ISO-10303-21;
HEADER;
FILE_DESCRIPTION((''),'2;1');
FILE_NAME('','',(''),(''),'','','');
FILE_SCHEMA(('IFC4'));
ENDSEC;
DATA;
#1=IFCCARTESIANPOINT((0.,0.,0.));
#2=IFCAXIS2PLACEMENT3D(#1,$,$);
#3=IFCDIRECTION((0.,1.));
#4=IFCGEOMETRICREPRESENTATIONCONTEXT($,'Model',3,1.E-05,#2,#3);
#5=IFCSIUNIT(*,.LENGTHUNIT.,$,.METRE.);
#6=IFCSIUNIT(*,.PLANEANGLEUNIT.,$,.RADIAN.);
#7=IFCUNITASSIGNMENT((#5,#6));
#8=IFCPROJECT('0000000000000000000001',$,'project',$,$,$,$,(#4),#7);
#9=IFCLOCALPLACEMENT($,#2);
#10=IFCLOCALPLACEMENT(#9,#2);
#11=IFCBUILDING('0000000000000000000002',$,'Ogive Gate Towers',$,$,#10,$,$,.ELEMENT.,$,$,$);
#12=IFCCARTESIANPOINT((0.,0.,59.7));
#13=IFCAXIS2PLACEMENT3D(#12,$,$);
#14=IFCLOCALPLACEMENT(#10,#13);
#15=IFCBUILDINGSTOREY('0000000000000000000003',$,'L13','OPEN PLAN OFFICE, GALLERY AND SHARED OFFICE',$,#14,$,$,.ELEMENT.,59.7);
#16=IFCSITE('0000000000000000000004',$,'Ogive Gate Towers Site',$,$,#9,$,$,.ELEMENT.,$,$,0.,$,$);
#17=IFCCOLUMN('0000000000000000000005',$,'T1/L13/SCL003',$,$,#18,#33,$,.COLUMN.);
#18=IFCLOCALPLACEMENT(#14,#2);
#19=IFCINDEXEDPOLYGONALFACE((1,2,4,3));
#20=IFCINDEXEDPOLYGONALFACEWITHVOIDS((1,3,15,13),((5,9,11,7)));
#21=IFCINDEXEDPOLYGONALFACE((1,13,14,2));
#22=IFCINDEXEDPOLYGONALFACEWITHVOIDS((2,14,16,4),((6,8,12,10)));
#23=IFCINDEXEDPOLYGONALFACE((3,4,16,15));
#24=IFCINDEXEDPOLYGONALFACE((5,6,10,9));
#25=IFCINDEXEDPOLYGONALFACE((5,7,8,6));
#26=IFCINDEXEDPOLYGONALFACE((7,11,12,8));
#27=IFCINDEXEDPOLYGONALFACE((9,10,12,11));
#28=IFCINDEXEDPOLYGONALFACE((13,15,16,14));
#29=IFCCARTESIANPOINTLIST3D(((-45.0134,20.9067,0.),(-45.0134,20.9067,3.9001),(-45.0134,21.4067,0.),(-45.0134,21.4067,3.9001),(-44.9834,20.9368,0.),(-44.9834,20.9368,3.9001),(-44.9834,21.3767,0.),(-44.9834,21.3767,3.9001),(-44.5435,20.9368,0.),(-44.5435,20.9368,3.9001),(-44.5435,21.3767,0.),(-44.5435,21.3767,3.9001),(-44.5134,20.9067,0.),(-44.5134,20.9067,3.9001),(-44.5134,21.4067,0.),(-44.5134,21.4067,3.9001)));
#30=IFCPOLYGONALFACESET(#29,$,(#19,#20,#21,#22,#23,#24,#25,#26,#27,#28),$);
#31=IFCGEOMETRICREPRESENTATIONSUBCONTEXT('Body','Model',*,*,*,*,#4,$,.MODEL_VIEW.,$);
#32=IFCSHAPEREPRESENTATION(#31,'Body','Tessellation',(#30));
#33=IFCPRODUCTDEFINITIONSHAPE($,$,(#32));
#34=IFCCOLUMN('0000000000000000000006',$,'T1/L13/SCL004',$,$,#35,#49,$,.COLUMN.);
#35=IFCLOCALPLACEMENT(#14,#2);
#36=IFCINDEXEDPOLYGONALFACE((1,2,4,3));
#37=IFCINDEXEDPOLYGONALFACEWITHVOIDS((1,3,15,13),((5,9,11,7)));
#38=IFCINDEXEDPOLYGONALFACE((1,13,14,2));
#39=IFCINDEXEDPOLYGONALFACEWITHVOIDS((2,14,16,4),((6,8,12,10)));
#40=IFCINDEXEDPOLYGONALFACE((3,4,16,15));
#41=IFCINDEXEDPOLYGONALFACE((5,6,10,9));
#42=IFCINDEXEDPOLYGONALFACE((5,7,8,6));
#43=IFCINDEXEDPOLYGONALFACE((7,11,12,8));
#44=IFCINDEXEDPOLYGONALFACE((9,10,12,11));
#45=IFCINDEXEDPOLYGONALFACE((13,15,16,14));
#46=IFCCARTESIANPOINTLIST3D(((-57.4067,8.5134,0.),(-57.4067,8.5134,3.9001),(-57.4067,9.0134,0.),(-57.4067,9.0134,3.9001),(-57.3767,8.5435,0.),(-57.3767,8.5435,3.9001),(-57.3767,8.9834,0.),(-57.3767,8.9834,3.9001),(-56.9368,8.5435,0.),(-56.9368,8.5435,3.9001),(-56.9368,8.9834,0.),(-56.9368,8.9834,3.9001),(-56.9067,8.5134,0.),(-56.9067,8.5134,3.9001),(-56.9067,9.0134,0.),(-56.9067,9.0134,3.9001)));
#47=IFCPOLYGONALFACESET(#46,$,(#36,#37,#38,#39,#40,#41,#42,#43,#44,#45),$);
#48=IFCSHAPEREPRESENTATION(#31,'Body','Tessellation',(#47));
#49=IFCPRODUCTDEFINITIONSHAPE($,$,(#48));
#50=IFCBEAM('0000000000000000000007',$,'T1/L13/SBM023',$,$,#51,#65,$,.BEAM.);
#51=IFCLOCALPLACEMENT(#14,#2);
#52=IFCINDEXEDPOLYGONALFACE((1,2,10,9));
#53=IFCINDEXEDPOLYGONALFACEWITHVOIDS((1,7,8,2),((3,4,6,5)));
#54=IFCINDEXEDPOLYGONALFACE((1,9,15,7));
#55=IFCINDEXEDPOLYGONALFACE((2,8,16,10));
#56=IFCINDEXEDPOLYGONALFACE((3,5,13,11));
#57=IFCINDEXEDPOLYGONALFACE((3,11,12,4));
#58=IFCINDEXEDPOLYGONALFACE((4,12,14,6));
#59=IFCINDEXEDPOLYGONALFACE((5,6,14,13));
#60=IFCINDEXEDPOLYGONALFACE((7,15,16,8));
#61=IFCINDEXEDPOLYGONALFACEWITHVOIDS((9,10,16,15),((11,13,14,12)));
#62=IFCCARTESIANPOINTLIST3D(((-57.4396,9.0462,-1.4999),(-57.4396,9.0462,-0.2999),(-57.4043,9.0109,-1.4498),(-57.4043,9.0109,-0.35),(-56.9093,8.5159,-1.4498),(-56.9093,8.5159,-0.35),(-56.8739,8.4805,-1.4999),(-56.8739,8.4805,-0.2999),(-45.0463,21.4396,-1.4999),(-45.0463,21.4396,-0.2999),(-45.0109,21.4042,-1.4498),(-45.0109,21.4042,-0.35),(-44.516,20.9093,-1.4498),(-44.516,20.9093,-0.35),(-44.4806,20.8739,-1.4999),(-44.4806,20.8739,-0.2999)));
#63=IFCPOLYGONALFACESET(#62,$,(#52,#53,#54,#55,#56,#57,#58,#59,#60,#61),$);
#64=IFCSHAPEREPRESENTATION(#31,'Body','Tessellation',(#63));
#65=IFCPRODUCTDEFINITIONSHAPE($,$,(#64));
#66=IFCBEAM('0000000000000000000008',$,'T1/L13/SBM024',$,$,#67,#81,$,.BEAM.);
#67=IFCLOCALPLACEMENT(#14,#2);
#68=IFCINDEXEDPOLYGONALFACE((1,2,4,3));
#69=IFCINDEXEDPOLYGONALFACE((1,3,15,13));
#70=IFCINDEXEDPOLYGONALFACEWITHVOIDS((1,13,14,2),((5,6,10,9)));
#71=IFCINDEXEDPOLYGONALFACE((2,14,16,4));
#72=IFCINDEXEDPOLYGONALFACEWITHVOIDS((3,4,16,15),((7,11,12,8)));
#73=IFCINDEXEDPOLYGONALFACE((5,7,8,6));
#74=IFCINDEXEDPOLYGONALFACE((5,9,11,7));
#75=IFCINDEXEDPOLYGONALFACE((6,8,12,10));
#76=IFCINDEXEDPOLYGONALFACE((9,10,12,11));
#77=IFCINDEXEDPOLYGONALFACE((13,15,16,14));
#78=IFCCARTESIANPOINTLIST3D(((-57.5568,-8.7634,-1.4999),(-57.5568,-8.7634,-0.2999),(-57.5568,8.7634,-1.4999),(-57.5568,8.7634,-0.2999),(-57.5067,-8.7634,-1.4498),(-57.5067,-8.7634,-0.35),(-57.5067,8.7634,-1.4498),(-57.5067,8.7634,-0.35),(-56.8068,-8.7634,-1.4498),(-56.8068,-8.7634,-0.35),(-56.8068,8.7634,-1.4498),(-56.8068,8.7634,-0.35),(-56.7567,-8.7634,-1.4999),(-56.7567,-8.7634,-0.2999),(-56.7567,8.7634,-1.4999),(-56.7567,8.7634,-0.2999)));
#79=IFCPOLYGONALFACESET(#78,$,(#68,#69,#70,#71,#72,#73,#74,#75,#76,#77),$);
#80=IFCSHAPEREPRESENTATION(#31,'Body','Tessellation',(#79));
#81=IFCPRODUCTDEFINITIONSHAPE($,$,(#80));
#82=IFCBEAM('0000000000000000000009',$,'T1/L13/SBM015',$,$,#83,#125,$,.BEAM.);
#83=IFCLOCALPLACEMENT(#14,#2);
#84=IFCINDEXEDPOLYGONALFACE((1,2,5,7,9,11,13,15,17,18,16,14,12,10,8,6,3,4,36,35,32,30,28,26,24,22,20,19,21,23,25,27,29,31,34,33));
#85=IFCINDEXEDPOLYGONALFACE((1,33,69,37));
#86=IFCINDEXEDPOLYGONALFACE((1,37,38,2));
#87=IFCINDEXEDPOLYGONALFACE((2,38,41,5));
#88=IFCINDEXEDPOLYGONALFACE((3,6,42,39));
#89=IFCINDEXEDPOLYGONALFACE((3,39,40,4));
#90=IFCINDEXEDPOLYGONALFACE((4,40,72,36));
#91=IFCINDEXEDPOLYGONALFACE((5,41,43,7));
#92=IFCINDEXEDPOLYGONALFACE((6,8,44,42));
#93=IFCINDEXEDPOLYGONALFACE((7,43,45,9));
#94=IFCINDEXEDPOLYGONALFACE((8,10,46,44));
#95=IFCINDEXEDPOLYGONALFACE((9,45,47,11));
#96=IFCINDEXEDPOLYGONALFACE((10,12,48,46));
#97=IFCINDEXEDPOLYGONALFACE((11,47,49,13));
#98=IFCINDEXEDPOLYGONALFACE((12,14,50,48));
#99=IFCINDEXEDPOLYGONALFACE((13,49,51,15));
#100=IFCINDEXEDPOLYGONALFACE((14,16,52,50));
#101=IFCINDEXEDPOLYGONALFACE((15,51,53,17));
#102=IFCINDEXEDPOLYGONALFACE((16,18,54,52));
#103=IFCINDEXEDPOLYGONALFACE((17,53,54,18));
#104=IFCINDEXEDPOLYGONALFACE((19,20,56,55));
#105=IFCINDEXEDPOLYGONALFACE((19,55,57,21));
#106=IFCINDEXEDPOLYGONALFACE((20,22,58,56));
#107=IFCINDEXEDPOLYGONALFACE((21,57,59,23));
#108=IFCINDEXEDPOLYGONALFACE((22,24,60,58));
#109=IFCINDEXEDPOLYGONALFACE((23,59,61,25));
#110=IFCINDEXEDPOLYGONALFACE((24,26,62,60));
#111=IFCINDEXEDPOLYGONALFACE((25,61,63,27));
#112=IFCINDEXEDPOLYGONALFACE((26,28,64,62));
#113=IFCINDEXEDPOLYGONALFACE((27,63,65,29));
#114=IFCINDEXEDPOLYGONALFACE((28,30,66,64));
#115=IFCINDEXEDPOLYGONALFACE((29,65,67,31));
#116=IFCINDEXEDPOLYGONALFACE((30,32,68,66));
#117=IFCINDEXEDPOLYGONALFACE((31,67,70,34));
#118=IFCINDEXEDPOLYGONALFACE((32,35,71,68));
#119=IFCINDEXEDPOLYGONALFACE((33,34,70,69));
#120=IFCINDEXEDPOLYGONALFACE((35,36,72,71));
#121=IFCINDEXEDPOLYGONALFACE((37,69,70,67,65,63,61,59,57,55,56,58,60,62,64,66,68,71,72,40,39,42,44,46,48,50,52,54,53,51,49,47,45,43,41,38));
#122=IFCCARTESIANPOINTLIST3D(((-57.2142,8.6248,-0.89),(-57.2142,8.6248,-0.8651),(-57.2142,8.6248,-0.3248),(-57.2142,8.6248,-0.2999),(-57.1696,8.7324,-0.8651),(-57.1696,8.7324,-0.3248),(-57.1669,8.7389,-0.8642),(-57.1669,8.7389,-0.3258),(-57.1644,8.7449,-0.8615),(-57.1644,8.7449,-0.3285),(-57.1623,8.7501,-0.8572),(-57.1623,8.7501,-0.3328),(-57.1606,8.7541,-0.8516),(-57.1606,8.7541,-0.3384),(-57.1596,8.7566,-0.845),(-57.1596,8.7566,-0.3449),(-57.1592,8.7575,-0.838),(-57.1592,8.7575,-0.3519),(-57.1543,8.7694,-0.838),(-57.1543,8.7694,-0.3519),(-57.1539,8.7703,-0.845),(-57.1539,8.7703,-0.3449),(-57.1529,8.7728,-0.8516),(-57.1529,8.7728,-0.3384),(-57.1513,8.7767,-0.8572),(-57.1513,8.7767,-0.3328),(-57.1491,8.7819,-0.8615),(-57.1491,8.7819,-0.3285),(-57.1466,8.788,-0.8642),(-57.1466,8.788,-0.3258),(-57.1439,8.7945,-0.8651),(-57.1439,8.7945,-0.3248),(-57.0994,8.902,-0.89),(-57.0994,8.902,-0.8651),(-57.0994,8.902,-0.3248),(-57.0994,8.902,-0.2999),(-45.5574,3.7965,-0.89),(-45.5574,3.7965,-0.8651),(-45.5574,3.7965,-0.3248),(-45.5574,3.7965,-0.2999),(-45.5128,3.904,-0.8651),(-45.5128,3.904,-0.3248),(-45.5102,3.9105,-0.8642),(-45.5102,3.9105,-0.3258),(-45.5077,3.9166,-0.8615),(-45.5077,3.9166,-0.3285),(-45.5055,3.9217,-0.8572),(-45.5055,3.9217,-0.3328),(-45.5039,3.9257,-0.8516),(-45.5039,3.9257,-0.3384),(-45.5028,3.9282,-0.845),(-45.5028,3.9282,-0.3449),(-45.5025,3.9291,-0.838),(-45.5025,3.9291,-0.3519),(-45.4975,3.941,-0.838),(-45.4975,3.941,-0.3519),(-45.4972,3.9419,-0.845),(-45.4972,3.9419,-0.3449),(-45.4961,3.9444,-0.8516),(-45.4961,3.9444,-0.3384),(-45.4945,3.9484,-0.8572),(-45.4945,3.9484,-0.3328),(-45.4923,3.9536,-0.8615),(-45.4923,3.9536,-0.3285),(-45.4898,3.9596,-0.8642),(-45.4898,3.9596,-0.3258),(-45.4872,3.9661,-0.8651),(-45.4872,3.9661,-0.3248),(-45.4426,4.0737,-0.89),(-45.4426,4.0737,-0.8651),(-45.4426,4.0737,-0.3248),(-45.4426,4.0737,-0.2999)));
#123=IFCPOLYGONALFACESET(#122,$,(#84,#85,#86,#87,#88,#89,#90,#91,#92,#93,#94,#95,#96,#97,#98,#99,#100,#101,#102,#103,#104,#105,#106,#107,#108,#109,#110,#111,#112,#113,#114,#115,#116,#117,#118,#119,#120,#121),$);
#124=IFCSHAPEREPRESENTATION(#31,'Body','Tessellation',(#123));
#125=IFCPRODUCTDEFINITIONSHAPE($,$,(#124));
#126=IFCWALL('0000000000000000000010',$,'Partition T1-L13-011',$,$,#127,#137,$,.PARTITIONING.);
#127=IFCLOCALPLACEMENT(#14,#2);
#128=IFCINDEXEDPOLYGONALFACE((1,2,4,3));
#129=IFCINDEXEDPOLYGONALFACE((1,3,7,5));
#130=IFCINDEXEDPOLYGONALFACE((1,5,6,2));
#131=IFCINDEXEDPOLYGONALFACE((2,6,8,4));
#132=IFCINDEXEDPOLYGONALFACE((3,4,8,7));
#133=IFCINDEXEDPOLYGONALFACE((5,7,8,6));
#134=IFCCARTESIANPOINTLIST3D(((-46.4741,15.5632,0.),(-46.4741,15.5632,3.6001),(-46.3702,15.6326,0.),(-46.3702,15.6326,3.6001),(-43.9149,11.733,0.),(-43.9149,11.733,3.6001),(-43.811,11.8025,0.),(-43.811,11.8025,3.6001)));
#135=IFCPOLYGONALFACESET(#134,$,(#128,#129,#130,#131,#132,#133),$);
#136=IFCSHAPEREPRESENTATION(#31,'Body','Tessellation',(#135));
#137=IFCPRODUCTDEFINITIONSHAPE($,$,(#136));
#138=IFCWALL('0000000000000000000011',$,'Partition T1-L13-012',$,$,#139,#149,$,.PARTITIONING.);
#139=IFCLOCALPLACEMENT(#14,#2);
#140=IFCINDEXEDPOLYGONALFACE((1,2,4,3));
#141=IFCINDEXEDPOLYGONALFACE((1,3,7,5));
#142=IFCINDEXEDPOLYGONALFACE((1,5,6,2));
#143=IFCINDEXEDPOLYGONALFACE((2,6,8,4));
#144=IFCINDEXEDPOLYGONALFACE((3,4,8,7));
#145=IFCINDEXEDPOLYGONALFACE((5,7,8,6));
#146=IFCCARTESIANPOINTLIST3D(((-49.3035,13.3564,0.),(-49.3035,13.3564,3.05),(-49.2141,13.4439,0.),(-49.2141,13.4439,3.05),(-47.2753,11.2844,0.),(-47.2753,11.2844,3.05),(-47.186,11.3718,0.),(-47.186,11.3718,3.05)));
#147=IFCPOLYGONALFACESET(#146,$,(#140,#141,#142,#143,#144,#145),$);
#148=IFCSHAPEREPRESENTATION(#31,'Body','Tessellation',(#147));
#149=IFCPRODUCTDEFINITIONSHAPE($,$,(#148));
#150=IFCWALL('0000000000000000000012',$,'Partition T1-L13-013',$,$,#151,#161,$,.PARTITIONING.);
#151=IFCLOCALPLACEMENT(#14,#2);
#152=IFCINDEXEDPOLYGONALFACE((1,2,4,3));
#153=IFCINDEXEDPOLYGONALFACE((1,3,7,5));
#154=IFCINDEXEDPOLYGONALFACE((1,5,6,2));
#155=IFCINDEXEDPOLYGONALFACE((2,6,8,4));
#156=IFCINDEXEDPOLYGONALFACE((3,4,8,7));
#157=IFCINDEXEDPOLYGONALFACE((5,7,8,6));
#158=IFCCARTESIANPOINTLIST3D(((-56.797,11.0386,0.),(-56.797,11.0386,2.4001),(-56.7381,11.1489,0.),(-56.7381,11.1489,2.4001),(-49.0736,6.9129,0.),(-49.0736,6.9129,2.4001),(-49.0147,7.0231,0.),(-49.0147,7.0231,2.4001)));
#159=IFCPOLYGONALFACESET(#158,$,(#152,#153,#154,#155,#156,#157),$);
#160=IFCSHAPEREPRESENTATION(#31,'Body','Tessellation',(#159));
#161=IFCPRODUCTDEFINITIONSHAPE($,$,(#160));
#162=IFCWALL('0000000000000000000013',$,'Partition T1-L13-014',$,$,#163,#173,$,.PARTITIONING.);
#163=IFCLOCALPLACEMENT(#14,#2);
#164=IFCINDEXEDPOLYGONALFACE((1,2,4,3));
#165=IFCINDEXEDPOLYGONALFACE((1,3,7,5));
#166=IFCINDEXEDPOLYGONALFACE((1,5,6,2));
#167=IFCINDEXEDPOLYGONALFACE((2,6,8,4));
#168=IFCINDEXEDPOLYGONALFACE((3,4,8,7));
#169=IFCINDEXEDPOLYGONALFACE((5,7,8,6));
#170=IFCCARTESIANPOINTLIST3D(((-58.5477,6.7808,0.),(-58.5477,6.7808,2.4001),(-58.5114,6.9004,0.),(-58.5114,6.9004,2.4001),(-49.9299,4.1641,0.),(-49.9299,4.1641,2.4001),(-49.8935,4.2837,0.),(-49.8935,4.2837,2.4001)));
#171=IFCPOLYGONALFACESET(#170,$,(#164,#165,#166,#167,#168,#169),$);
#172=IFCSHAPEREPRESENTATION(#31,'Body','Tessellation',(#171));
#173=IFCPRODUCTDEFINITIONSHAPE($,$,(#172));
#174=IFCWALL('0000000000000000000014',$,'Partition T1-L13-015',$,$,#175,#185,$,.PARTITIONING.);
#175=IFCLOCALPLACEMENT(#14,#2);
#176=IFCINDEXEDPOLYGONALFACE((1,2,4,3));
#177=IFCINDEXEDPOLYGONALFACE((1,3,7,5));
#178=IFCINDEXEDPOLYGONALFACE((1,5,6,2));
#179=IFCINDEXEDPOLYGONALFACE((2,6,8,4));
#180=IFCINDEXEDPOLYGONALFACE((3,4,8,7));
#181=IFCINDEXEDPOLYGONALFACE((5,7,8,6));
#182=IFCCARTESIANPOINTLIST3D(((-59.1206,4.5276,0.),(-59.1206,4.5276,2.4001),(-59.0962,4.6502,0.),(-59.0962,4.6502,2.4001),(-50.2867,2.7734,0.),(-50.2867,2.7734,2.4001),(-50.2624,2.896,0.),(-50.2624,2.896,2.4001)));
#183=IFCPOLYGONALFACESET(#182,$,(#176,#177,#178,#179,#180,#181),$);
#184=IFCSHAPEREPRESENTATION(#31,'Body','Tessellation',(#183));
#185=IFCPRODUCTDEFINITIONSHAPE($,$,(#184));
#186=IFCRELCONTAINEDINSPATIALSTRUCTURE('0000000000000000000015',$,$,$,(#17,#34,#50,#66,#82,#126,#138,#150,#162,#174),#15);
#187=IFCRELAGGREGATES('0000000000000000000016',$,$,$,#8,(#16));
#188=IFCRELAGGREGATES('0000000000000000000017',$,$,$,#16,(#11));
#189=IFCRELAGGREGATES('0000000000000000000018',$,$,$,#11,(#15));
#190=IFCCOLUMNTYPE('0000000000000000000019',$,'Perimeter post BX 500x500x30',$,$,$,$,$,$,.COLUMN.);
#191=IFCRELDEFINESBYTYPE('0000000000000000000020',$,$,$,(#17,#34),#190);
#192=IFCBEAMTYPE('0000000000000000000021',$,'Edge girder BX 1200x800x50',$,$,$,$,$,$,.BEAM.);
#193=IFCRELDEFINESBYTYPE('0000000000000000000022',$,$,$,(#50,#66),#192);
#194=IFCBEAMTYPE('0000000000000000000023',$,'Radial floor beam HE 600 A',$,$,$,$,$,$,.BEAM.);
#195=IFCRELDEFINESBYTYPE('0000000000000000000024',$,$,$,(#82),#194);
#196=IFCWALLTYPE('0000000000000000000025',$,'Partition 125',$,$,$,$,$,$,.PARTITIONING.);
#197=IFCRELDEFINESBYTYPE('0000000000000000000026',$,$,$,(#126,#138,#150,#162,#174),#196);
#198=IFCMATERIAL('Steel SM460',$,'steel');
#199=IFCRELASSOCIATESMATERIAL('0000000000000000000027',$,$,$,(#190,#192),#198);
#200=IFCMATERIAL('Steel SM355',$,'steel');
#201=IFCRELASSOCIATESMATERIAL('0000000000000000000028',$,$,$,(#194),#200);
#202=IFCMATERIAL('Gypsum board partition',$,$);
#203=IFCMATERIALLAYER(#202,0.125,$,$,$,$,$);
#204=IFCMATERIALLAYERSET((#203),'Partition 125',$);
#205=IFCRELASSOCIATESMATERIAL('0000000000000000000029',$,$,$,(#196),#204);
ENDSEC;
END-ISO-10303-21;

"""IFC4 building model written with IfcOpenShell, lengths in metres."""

from ifc_helpers import new_model, si_unit, direction, frame, frame_2d, origin, origin_2d, place, context, subcontext, project, spatial, rectangle, hollow_rectangle, i_section, extrude, material, layer, layer_set, material_profile, profile_set, type_object, element, save


model = new_model("IFC4")

# Units and contexts
model_context = context("Model", 3, precision=1e-05, world=origin(), true_north=direction((0.0, 1.0)))
body_context = subcontext(model_context, "Body", "Model", "MODEL_VIEW")
ifc_project = project(units=[si_unit("LENGTHUNIT", "METRE"), si_unit("PLANEANGLEUNIT", "RADIAN")], contexts=[model_context])

# Site, building, storey
site_placement = place(None, origin())
site = spatial("IfcSite", under=ifc_project, at=site_placement, Name="Ogive Gate Towers Site", CompositionType="ELEMENT", RefElevation=0.0)
building_placement = place(site_placement, origin())
building = spatial("IfcBuilding", under=site, at=building_placement, Name="Ogive Gate Towers", CompositionType="ELEMENT")
storey_placement = place(building_placement, frame((0.0, 0.0, 59.7)))
storey = spatial("IfcBuildingStorey", under=building, at=storey_placement, Name="L13", Description="OPEN PLAN OFFICE, GALLERY AND SHARED OFFICE", CompositionType="ELEMENT", Elevation=59.7)

# Columns
ifc_material_1 = material(Name="Steel SM460", Category="steel")
ifc_material_profile_1 = material_profile(ifc_material_1, hollow_rectangle(XDim=0.5, YDim=0.5, WallThickness=0.03, at=origin_2d()), Name="BX 500x500x30")
ifc_profile_set_1 = profile_set([ifc_material_profile_1], Name="Steel SM460")
column_type = type_object("IfcColumnType", Name="Perimeter post BX 500x500x30", PredefinedType="COLUMN", material=ifc_profile_set_1)
for number, where, z_axis, x_axis, name in (
    (1, (-44.7634, 21.1567, 0.0), (0.0, 0.0, 1.0), (1.0, 0.0, 0.0), "T1/L13/SCL003"),
    (2, (-57.1567, 8.7634, 0.0), (0.0, 0.0, 1.0), (1.0, 0.0, 0.0), "T1/L13/SCL004"),
):
    element("IfcColumn", number, at=place(storey_placement, frame(where, z_axis=z_axis, x_axis=x_axis)), inside=storey, type_object=column_type, Name=name, PredefinedType="COLUMN", context=body_context, shape_type="SweptSolid", body=[
        extrude(hollow_rectangle(XDim=0.5, YDim=0.5, WallThickness=0.03, at=origin_2d()), origin(), (0.0, 0.0, 1.0), 3.9001),
    ])

# Beams
ifc_material_profile_2 = material_profile(ifc_material_1, hollow_rectangle(XDim=0.8, YDim=1.2, WallThickness=0.05, at=origin_2d()), Name="BX 1200x800x50")
ifc_profile_set_2 = profile_set([ifc_material_profile_2], Name="Steel SM460")
beam_type_1 = type_object("IfcBeamType", Name="Edge girder BX 1200x800x50", PredefinedType="BEAM", material=ifc_profile_set_2)
for number, where, z_axis, x_axis, name in (
    (3, (-44.7634, 21.1567, -0.8999), (-0.707107, -0.707107, 0.0), (0.707107, -0.707107, 0.0), "T1/L13/SBM023"),
    (4, (-57.1567, 8.7634, -0.8999), (0.0, -1.0, 0.0), (1.0, 0.0, 0.0), "T1/L13/SBM024"),
):
    element("IfcBeam", number, at=place(storey_placement, frame(where, z_axis=z_axis, x_axis=x_axis)), inside=storey, type_object=beam_type_1, Name=name, PredefinedType="BEAM", context=body_context, shape_type="SweptSolid", body=[
        extrude(hollow_rectangle(XDim=0.8, YDim=1.2, WallThickness=0.05, at=origin_2d()), origin(), (0.0, 0.0, 1.0), 17.5269),
    ])
ifc_material_2 = material(Name="Steel SM355", Category="steel")
ifc_material_profile_3 = material_profile(ifc_material_2, i_section(OverallWidth=0.3, OverallDepth=0.5901, WebThickness=0.0129, FlangeThickness=0.0249, FilletRadius=0.0271, at=origin_2d()), Name="HE 600 A")
ifc_profile_set_3 = profile_set([ifc_material_profile_3], Name="Steel SM355")
beam_type_2 = type_object("IfcBeamType", Name="Radial floor beam HE 600 A", PredefinedType="BEAM", material=ifc_profile_set_3)
beam_placement = place(storey_placement, frame((-45.5, 3.9351, -0.595), z_axis=(-0.92388, 0.382683, 0.0), x_axis=(-0.382683, -0.92388, 0.0)))
element("IfcBeam", 5, at=beam_placement, inside=storey, type_object=beam_type_2, Name="T1/L13/SBM015", PredefinedType="BEAM", context=body_context, shape_type="SweptSolid", body=[
    extrude(i_section(OverallWidth=0.3, OverallDepth=0.5901, WebThickness=0.0129, FlangeThickness=0.0249, FilletRadius=0.0271, at=origin_2d()), origin(), (0.0, 0.0, 1.0), 12.6172),
])

# Walls
ifc_material_3 = material(Name="Gypsum board partition")
ifc_layer_1 = layer(ifc_material_3, 0.125)
ifc_layer_set_1 = layer_set([ifc_layer_1], Name="Partition 125")
wall_type_1 = type_object("IfcWallType", Name="Partition 125", PredefinedType="PARTITIONING", material=ifc_layer_set_1)
wall_1_placement = place(storey_placement, frame((-46.4221, 15.5979, 0.0), z_axis=(0.0, 0.0, 1.0), x_axis=(0.555556, -0.831479, 0.0)))
element("IfcWall", 6, at=wall_1_placement, inside=storey, type_object=wall_type_1, Name="Partition T1-L13-011", PredefinedType="PARTITIONING", context=body_context, shape_type="SweptSolid", body=[
    extrude(rectangle(XDim=4.6064, YDim=0.125, at=frame_2d((2.3032, 0.0))), origin(), (0.0, 0.0, 1.0), 3.6001),
])
wall_2_placement = place(storey_placement, frame((-49.2588, 13.4001, 0.0), z_axis=(0.0, 0.0, 1.0), x_axis=(0.699488, -0.714645, 0.0)))
element("IfcWall", 7, at=wall_2_placement, inside=storey, type_object=wall_type_1, Name="Partition T1-L13-012", PredefinedType="PARTITIONING", context=body_context, shape_type="SweptSolid", body=[
    extrude(rectangle(XDim=2.8994, YDim=0.125, at=frame_2d((1.4497, 0.0))), origin(), (0.0, 0.0, 1.0), 3.05),
])
wall_3_placement = place(storey_placement, frame((-56.7676, 11.0938, 0.0), z_axis=(0.0, 0.0, 1.0), x_axis=(0.88204, -0.471174, 0.0)))
element("IfcWall", 8, at=wall_3_placement, inside=storey, type_object=wall_type_1, Name="Partition T1-L13-013", PredefinedType="PARTITIONING", context=body_context, shape_type="SweptSolid", body=[
    extrude(rectangle(XDim=8.7563, YDim=0.125, at=frame_2d((4.3782, 0.0))), origin(), (0.0, 0.0, 1.0), 2.4001),
])
for number, where, z_axis, x_axis, name in (
    (9, (-58.5295, 6.8406, 0.0), (0.0, 0.0, 1.0), (0.956864, -0.290537, 0.0), "Partition T1-L13-014"),
    (10, (-59.1084, 4.5889, 0.0), (0.0, 0.0, 1.0), (0.98085, -0.194766, 0.0), "Partition T1-L13-015"),
):
    element("IfcWall", number, at=place(storey_placement, frame(where, z_axis=z_axis, x_axis=x_axis)), inside=storey, type_object=wall_type_1, Name=name, PredefinedType="PARTITIONING", context=body_context, shape_type="SweptSolid", body=[
        extrude(rectangle(XDim=9.0063, YDim=0.125, at=frame_2d((4.5032, 0.0))), origin(), (0.0, 0.0, 1.0), 2.4001),
    ])

save(model, "model.ifc")
